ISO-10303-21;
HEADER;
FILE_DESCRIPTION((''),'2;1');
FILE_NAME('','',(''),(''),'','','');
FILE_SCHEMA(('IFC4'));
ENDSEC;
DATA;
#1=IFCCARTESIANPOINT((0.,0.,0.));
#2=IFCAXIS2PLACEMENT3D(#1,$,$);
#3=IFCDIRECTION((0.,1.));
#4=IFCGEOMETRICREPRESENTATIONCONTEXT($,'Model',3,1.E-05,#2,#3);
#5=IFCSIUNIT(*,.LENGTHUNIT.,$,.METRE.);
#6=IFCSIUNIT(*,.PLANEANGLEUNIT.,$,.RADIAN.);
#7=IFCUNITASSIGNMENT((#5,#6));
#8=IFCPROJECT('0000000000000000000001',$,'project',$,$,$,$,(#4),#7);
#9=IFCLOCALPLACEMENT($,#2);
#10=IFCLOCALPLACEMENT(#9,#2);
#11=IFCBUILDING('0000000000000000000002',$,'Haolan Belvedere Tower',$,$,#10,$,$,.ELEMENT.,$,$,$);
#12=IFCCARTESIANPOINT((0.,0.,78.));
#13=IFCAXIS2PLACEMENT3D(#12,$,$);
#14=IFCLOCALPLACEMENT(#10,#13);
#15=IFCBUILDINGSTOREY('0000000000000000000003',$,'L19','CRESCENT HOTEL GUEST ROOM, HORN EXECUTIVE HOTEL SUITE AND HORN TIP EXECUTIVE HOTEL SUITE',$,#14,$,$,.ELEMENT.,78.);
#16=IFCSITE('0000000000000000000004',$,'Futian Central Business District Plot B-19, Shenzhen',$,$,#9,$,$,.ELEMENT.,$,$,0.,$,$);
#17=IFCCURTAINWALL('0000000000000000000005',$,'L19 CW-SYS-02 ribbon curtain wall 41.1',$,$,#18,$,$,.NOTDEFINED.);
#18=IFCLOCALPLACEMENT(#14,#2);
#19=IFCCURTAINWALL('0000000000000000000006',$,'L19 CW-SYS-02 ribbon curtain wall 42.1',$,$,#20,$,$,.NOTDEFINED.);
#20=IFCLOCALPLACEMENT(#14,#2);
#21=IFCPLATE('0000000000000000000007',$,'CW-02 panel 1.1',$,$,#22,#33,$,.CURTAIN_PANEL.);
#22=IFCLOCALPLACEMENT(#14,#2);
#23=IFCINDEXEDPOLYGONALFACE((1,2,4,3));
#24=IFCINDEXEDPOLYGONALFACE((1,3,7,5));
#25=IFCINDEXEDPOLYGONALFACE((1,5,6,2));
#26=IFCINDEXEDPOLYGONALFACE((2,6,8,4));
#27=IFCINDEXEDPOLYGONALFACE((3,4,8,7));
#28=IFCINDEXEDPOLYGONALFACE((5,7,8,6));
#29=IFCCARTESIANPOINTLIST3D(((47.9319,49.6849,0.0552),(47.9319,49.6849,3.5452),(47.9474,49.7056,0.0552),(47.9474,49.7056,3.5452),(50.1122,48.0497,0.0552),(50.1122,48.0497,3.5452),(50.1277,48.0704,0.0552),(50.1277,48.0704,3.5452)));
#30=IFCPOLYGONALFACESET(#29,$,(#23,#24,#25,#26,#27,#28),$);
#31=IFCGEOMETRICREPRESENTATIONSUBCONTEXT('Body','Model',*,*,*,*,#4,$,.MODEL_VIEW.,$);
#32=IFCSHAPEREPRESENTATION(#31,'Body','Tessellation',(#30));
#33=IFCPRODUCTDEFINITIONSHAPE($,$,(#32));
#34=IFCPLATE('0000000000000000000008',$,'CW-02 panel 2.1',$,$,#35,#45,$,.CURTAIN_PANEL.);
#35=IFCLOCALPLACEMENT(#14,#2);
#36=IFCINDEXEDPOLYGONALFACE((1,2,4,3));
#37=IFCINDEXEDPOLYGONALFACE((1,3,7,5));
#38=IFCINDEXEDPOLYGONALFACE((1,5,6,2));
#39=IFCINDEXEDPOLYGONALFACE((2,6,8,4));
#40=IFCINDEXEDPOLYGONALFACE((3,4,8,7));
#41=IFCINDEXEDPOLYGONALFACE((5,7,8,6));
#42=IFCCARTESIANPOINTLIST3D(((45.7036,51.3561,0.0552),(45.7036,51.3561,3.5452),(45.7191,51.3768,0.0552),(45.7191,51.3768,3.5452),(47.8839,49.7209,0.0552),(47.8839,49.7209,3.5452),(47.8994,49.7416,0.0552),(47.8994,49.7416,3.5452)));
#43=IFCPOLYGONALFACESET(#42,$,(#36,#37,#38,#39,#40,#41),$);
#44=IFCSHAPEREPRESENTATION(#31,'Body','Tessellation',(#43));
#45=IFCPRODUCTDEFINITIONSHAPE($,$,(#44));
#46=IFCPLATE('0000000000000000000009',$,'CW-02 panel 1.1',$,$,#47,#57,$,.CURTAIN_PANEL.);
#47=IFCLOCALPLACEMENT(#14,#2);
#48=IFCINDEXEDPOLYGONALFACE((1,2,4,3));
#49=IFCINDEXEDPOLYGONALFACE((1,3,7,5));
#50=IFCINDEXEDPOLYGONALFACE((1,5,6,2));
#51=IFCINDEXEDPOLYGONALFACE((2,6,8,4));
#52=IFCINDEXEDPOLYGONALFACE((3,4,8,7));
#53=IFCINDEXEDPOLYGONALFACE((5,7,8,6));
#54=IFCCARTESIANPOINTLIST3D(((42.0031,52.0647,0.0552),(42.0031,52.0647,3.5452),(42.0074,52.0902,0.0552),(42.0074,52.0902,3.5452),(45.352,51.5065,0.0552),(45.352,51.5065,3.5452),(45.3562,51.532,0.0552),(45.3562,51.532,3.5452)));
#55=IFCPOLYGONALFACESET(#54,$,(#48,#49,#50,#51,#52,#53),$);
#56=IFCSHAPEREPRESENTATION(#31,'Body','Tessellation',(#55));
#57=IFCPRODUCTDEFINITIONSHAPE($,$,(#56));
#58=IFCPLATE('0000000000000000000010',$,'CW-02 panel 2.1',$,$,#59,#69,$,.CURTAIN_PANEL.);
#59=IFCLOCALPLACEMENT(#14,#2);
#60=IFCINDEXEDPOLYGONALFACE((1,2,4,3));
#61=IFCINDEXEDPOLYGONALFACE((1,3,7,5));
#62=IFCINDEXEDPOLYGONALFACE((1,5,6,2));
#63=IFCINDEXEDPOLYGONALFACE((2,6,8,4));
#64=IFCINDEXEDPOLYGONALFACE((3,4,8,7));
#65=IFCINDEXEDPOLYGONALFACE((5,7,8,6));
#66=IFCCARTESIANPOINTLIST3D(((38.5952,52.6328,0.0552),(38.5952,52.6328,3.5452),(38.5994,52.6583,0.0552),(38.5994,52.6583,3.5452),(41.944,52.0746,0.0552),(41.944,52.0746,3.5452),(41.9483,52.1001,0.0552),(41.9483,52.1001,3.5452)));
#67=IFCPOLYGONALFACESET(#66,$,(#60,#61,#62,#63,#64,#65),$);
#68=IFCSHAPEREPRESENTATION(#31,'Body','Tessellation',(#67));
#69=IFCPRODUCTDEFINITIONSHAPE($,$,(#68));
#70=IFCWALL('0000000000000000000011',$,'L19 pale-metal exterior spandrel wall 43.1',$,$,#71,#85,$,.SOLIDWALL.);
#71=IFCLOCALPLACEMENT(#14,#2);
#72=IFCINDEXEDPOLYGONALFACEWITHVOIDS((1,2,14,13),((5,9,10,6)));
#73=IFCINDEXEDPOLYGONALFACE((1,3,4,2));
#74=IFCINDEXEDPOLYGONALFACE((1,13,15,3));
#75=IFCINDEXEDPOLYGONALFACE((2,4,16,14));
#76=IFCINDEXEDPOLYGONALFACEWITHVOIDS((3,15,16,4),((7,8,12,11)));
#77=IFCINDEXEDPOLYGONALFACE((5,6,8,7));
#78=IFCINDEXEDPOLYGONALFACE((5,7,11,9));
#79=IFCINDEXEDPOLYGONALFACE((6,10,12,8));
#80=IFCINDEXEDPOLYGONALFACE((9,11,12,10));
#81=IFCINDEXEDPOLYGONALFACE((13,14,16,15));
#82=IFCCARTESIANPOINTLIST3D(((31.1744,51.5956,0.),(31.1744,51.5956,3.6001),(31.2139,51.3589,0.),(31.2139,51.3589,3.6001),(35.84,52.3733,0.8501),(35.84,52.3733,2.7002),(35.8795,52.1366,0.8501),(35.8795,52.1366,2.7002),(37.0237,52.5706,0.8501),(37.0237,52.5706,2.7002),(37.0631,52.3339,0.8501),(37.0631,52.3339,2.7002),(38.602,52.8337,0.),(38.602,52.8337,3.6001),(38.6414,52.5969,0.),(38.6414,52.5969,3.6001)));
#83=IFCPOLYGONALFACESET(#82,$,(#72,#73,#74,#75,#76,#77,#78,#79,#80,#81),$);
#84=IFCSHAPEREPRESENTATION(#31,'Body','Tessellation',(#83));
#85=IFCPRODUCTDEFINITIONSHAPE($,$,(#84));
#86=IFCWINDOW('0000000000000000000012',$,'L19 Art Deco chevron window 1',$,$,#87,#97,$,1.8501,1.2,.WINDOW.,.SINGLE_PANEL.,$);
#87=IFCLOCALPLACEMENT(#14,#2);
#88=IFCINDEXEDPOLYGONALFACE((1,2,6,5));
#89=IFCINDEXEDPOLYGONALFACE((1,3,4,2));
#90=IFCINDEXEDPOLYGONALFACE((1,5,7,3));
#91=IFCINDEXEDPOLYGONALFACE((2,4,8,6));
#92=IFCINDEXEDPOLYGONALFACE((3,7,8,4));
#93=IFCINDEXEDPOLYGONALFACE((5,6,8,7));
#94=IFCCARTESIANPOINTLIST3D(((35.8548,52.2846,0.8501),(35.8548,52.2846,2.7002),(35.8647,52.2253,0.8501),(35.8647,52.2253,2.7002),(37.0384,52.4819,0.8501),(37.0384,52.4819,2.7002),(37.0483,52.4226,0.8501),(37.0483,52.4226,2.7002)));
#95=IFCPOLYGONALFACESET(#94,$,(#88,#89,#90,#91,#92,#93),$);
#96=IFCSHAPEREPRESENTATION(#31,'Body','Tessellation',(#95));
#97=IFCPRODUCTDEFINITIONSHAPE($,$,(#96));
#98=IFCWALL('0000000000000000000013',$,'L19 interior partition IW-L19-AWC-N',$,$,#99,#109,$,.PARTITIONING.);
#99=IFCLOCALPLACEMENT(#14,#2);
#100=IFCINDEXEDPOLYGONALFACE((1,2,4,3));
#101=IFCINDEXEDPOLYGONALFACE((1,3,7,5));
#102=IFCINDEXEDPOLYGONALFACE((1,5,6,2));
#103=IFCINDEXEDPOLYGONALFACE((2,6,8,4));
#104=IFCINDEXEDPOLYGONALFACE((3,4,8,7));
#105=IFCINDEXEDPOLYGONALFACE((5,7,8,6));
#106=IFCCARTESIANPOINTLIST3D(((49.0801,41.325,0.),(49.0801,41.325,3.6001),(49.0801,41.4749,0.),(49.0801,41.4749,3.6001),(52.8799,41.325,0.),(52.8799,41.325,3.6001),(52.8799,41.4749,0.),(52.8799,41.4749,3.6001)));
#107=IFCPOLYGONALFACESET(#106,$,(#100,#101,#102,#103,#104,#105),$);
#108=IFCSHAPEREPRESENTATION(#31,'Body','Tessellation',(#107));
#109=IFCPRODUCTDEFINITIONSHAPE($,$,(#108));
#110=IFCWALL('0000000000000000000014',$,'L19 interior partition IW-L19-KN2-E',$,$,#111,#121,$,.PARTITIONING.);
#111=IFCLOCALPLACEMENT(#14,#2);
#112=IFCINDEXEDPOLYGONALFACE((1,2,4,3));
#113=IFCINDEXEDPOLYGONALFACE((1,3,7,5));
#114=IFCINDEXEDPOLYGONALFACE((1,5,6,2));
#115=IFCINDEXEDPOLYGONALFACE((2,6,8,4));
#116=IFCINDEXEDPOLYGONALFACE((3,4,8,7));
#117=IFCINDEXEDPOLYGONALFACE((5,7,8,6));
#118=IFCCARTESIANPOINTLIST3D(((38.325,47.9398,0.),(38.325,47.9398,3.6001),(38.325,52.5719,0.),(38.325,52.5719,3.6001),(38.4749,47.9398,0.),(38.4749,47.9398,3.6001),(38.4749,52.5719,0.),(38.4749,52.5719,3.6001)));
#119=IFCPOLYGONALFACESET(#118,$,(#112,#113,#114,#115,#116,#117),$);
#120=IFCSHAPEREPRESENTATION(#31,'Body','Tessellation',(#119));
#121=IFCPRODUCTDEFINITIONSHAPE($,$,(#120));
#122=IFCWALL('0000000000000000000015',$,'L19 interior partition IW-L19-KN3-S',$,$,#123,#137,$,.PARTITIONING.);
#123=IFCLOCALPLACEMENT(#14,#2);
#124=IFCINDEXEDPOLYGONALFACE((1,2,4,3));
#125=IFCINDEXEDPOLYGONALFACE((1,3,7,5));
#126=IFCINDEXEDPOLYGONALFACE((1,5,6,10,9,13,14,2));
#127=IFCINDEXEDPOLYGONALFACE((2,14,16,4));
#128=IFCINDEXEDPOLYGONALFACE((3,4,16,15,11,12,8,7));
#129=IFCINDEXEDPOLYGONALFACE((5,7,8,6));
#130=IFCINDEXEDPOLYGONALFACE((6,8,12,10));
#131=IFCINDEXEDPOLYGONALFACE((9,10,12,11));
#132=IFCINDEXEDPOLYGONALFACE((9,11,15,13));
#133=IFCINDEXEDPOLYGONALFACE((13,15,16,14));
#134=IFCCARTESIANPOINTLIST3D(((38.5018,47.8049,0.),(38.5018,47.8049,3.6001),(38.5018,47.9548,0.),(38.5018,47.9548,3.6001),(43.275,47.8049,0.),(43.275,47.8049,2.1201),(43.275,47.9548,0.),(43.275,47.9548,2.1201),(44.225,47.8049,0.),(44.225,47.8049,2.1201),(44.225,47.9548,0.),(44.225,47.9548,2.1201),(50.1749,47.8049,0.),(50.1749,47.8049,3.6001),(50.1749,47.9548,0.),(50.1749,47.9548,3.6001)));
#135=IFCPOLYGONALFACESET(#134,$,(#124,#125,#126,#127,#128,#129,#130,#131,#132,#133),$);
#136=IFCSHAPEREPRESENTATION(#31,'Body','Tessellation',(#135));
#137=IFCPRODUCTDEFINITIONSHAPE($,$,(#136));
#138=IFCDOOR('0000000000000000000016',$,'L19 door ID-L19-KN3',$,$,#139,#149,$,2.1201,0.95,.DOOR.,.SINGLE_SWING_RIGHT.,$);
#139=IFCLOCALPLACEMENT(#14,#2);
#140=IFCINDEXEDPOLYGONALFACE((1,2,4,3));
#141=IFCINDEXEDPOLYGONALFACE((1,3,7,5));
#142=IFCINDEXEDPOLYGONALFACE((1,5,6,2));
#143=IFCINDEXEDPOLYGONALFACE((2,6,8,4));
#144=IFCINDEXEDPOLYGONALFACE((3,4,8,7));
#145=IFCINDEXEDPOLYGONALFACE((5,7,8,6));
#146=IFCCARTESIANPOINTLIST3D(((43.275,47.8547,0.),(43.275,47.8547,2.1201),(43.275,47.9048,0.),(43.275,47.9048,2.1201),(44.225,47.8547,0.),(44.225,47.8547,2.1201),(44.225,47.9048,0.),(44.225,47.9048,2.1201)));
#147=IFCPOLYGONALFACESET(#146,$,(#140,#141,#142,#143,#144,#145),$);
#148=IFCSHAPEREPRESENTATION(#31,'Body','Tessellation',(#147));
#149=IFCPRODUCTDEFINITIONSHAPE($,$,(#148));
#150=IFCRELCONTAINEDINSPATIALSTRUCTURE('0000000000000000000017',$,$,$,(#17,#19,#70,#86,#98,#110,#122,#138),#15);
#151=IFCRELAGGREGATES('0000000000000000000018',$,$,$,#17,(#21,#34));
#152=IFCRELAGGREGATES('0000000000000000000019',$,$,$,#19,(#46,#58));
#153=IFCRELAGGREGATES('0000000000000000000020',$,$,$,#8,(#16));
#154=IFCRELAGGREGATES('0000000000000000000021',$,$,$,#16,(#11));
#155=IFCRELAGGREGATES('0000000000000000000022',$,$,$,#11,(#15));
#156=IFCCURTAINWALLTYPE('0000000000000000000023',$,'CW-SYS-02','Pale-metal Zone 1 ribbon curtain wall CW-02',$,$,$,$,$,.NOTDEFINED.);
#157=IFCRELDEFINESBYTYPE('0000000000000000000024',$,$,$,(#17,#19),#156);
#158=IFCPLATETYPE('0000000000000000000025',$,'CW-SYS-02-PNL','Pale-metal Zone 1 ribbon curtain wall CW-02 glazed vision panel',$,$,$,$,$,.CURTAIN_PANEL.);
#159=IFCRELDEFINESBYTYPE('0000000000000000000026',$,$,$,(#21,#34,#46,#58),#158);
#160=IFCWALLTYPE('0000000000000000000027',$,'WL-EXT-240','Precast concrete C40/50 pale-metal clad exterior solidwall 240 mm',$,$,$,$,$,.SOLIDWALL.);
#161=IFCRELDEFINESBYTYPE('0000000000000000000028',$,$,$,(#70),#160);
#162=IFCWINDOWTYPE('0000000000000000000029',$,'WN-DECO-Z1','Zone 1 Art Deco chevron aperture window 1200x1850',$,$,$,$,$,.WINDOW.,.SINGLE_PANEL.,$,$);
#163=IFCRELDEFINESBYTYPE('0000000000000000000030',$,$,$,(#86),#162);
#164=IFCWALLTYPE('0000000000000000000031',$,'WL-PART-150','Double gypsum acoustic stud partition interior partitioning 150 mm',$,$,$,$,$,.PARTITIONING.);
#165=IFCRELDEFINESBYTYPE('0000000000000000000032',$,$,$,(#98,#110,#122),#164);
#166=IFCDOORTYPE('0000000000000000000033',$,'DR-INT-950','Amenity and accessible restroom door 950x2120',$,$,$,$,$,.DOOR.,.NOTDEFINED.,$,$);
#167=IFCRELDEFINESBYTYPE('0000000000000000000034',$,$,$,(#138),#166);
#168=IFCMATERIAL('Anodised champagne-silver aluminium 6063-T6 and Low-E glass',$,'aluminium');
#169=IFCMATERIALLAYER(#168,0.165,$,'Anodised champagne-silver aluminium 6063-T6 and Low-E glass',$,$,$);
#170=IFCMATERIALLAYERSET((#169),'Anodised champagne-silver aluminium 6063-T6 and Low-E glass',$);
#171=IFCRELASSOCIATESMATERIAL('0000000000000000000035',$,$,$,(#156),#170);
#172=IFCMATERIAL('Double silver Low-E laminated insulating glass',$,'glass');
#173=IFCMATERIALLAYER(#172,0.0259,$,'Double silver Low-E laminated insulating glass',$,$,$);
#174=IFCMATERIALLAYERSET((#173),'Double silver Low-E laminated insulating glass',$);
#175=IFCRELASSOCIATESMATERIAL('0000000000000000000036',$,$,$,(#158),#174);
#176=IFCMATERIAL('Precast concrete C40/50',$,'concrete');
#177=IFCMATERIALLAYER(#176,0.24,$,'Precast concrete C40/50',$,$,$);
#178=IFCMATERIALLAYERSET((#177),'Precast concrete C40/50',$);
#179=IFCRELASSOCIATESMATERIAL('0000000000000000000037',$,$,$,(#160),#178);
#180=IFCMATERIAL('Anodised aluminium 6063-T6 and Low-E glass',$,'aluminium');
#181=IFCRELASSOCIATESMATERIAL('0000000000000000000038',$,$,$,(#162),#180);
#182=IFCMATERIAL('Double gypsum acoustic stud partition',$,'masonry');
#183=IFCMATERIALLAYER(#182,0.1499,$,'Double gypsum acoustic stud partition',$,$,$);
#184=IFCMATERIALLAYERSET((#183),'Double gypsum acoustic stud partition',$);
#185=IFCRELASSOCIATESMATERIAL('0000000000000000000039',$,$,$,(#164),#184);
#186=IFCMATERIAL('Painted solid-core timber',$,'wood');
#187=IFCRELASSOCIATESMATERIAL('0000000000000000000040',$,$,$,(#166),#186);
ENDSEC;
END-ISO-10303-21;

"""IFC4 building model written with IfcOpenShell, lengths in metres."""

from ifc_helpers import new_model, si_unit, direction, frame, frame_2d, origin, origin_2d, place, context, subcontext, project, spatial, rectangle, extrude, material, layer, layer_set, type_object, element, fill, aggregate, save


model = new_model("IFC4")

# Units and contexts
model_context = context("Model", 3, precision=1e-05, world=origin(), true_north=direction((0.0, 1.0)))
body_context = subcontext(model_context, "Body", "Model", "MODEL_VIEW")
ifc_project = project(units=[si_unit("LENGTHUNIT", "METRE"), si_unit("PLANEANGLEUNIT", "RADIAN")], contexts=[model_context])

# Site, building, storey
site_placement = place(None, origin())
site = spatial("IfcSite", under=ifc_project, at=site_placement, Name="Futian Central Business District Plot B-19, Shenzhen", CompositionType="ELEMENT", RefElevation=0.0)
building_placement = place(site_placement, origin())
building = spatial("IfcBuilding", under=site, at=building_placement, Name="Haolan Belvedere Tower", CompositionType="ELEMENT")
storey_placement = place(building_placement, frame((0.0, 0.0, 78.0)))
storey = spatial("IfcBuildingStorey", under=building, at=storey_placement, Name="L19", Description="CRESCENT HOTEL GUEST ROOM, HORN EXECUTIVE HOTEL SUITE AND HORN TIP EXECUTIVE HOTEL SUITE", CompositionType="ELEMENT", Elevation=78.0)

# Curtain walls
ifc_material_1 = material(Name="Anodised champagne-silver aluminium 6063-T6 and Low-E glass", Category="aluminium")
ifc_layer_1 = layer(ifc_material_1, 0.165, Name="Anodised champagne-silver aluminium 6063-T6 and Low-E glass")
ifc_layer_set_1 = layer_set([ifc_layer_1], Name="Anodised champagne-silver aluminium 6063-T6 and Low-E glass")
curtain_wall_type = type_object("IfcCurtainWallType", Name="CW-SYS-02", Description="Pale-metal Zone 1 ribbon curtain wall CW-02", PredefinedType="NOTDEFINED", material=ifc_layer_set_1)
curtain_wall_1_placement = place(storey_placement, origin())
curtain_wall_1 = element("IfcCurtainWall", 1, at=curtain_wall_1_placement, inside=storey, type_object=curtain_wall_type, Name="L19 CW-SYS-02 ribbon curtain wall 41.1", PredefinedType="NOTDEFINED")
curtain_wall_2_placement = place(storey_placement, origin())
curtain_wall_2 = element("IfcCurtainWall", 2, at=curtain_wall_2_placement, inside=storey, type_object=curtain_wall_type, Name="L19 CW-SYS-02 ribbon curtain wall 42.1", PredefinedType="NOTDEFINED")

# Plates
ifc_material_2 = material(Name="Double silver Low-E laminated insulating glass", Category="glass")
ifc_layer_2 = layer(ifc_material_2, 0.0259, Name="Double silver Low-E laminated insulating glass")
ifc_layer_set_2 = layer_set([ifc_layer_2], Name="Double silver Low-E laminated insulating glass")
plate_type = type_object("IfcPlateType", Name="CW-SYS-02-PNL", Description="Pale-metal Zone 1 ribbon curtain wall CW-02 glazed vision panel", PredefinedType="CURTAIN_PANEL", material=ifc_layer_set_2)
plate_1_placement = place(storey_placement, frame((49.0298, 48.8777, 0.0552), z_axis=(0.0, 0.0, 1.0), x_axis=(-0.800004, 0.599994, 0.0)))
plate_1 = element("IfcPlate", 3, at=plate_1_placement, type_object=plate_type, Name="CW-02 panel 1.1", PredefinedType="CURTAIN_PANEL", context=body_context, shape_type="SweptSolid", body=[
    extrude(rectangle(XDim=2.7253, YDim=0.0259, at=origin_2d()), origin(), (0.0, 0.0, 1.0), 3.49),
])
plate_2_placement = place(storey_placement, frame((46.8015, 50.5488, 0.0552), z_axis=(0.0, 0.0, 1.0), x_axis=(-0.800004, 0.599994, 0.0)))
plate_2 = element("IfcPlate", 4, at=plate_2_placement, type_object=plate_type, Name="CW-02 panel 2.1", PredefinedType="CURTAIN_PANEL", context=body_context, shape_type="SweptSolid", body=[
    extrude(rectangle(XDim=2.7253, YDim=0.0259, at=origin_2d()), origin(), (0.0, 0.0, 1.0), 3.49),
])
aggregate(curtain_wall_1, [plate_1, plate_2])
plate_3_placement = place(storey_placement, frame((43.6797, 51.7983, 0.0552), z_axis=(0.0, 0.0, 1.0), x_axis=(-0.986393, 0.164404, 0.0)))
plate_3 = element("IfcPlate", 5, at=plate_3_placement, type_object=plate_type, Name="CW-02 panel 1.1", PredefinedType="CURTAIN_PANEL", context=body_context, shape_type="SweptSolid", body=[
    extrude(rectangle(XDim=3.395, YDim=0.0259, at=origin_2d()), origin(), (0.0, 0.0, 1.0), 3.49),
])
plate_4_placement = place(storey_placement, frame((40.2717, 52.3665, 0.0552), z_axis=(0.0, 0.0, 1.0), x_axis=(-0.986393, 0.164404, 0.0)))
plate_4 = element("IfcPlate", 6, at=plate_4_placement, type_object=plate_type, Name="CW-02 panel 2.1", PredefinedType="CURTAIN_PANEL", context=body_context, shape_type="SweptSolid", body=[
    extrude(rectangle(XDim=3.395, YDim=0.0259, at=origin_2d()), origin(), (0.0, 0.0, 1.0), 3.49),
])
aggregate(curtain_wall_2, [plate_3, plate_4])

# Wall, opening, window
ifc_material_3 = material(Name="Precast concrete C40/50", Category="concrete")
ifc_layer_3 = layer(ifc_material_3, 0.24, Name="Precast concrete C40/50")
ifc_layer_set_3 = layer_set([ifc_layer_3], Name="Precast concrete C40/50")
wall_type_1 = type_object("IfcWallType", Name="WL-EXT-240", Description="Precast concrete C40/50 pale-metal clad exterior solidwall 240 mm", PredefinedType="SOLIDWALL", material=ifc_layer_set_3)
wall_1_placement = place(storey_placement, frame((38.6218, 52.7153, 0.0), z_axis=(0.0, 0.0, 1.0), x_axis=(-0.986391, -0.164415, 0.0)))
wall_1 = element("IfcWall", 7, at=wall_1_placement, inside=storey, type_object=wall_type_1, Name="L19 pale-metal exterior spandrel wall 43.1", PredefinedType="SOLIDWALL", context=body_context, shape_type="SweptSolid", body=[
    extrude(rectangle(XDim=7.53, YDim=0.24, at=frame_2d((3.7651, 0.0))), origin(), (0.0, 0.0, 1.0), 3.6001),
])
opening_1_placement = place(wall_1_placement, frame((1.6001, 0.0, 0.8501)))
opening_1 = element("IfcOpeningElement", 8, at=opening_1_placement, cuts=wall_1, PredefinedType="OPENING", context=body_context, shape_type="SweptSolid", body=[
    extrude(rectangle(XDim=1.2, YDim=1.8501, at=frame_2d((0.6001, 0.925))), frame((0.0, 0.1299, 0.0), z_axis=(0.0, -1.0, 0.0), x_axis=(1.0, 0.0, 0.0)), (0.0, 0.0, 1.0), 0.26),
])
ifc_material_4 = material(Name="Anodised aluminium 6063-T6 and Low-E glass", Category="aluminium")
window_type = type_object("IfcWindowType", Name="WN-DECO-Z1", Description="Zone 1 Art Deco chevron aperture window 1200x1850", PartitioningType="SINGLE_PANEL", PredefinedType="WINDOW", material=ifc_material_4)
window_placement = place(opening_1_placement, origin())
window = element("IfcWindow", 9, at=window_placement, inside=storey, type_object=window_type, Name="L19 Art Deco chevron window 1", OverallHeight=1.8501, OverallWidth=1.2, PartitioningType="SINGLE_PANEL", PredefinedType="WINDOW", context=body_context, shape_type="SweptSolid", body=[
    extrude(rectangle(XDim=1.2, YDim=1.8501, at=frame_2d((0.6001, 0.925))), frame((0.0, 0.03, 0.0), z_axis=(0.0, -1.0, 0.0), x_axis=(1.0, 0.0, 0.0)), (0.0, 0.0, 1.0), 0.0601),
])
fill(opening_1, window)

# Walls
ifc_material_5 = material(Name="Double gypsum acoustic stud partition", Category="masonry")
ifc_layer_4 = layer(ifc_material_5, 0.1499, Name="Double gypsum acoustic stud partition")
ifc_layer_set_4 = layer_set([ifc_layer_4], Name="Double gypsum acoustic stud partition")
wall_type_2 = type_object("IfcWallType", Name="WL-PART-150", Description="Double gypsum acoustic stud partition interior partitioning 150 mm", PredefinedType="PARTITIONING", material=ifc_layer_set_4)
wall_2_placement = place(storey_placement, frame((49.0801, 41.3999, 0.0), z_axis=(0.0, 0.0, 1.0), x_axis=(1.0, 0.0, 0.0)))
element("IfcWall", 10, at=wall_2_placement, inside=storey, type_object=wall_type_2, Name="L19 interior partition IW-L19-AWC-N", PredefinedType="PARTITIONING", context=body_context, shape_type="SweptSolid", body=[
    extrude(rectangle(XDim=3.7998, YDim=0.1499, at=frame_2d((1.8999, 0.0))), origin(), (0.0, 0.0, 1.0), 3.6001),
])
wall_3_placement = place(storey_placement, frame((38.3999, 47.9399, 0.0), z_axis=(0.0, 0.0, 1.0), x_axis=(0.0, 1.0, 0.0)))
element("IfcWall", 11, at=wall_3_placement, inside=storey, type_object=wall_type_2, Name="L19 interior partition IW-L19-KN2-E", PredefinedType="PARTITIONING", context=body_context, shape_type="SweptSolid", body=[
    extrude(rectangle(XDim=4.6321, YDim=0.1499, at=frame_2d((2.3159, 0.0))), origin(), (0.0, 0.0, 1.0), 3.6001),
])

# Wall, opening, door
wall_4_placement = place(storey_placement, frame((38.502, 47.8799, 0.0), z_axis=(0.0, 0.0, 1.0), x_axis=(1.0, 0.0, 0.0)))
wall_4 = element("IfcWall", 12, at=wall_4_placement, inside=storey, type_object=wall_type_2, Name="L19 interior partition IW-L19-KN3-S", PredefinedType="PARTITIONING", context=body_context, shape_type="SweptSolid", body=[
    extrude(rectangle(XDim=11.6731, YDim=0.1499, at=frame_2d((5.8364, 0.0))), origin(), (0.0, 0.0, 1.0), 3.6001),
])
opening_2_placement = place(wall_4_placement, frame((4.7729, 0.0, 0.0)))
opening_2 = element("IfcOpeningElement", 13, at=opening_2_placement, cuts=wall_4, PredefinedType="OPENING", context=body_context, shape_type="SweptSolid", body=[
    extrude(rectangle(XDim=0.95, YDim=2.1201, at=frame_2d((0.4751, 1.0601))), frame((0.0, 0.085, 0.0), z_axis=(0.0, -1.0, 0.0), x_axis=(1.0, 0.0, 0.0)), (0.0, 0.0, 1.0), 0.1699),
])
ifc_material_6 = material(Name="Painted solid-core timber", Category="wood")
door_type_1 = type_object("IfcDoorType", Name="DR-INT-950", Description="Amenity and accessible restroom door 950x2120", OperationType="NOTDEFINED", PredefinedType="DOOR", material=ifc_material_6)
door_1_placement = place(opening_2_placement, origin())
door_1 = element("IfcDoor", 14, at=door_1_placement, inside=storey, type_object=door_type_1, Name="L19 door ID-L19-KN3", OperationType="SINGLE_SWING_RIGHT", OverallHeight=2.1201, OverallWidth=0.95, PredefinedType="DOOR", context=body_context, shape_type="SweptSolid", body=[
    extrude(rectangle(XDim=0.95, YDim=2.1201, at=frame_2d((0.4751, 1.0601))), frame((0.0, 0.0249, 0.0), z_axis=(0.0, -1.0, 0.0), x_axis=(1.0, 0.0, 0.0)), (0.0, 0.0, 1.0), 0.05),
])
fill(opening_2, door_1)

save(model, "model.ifc")
